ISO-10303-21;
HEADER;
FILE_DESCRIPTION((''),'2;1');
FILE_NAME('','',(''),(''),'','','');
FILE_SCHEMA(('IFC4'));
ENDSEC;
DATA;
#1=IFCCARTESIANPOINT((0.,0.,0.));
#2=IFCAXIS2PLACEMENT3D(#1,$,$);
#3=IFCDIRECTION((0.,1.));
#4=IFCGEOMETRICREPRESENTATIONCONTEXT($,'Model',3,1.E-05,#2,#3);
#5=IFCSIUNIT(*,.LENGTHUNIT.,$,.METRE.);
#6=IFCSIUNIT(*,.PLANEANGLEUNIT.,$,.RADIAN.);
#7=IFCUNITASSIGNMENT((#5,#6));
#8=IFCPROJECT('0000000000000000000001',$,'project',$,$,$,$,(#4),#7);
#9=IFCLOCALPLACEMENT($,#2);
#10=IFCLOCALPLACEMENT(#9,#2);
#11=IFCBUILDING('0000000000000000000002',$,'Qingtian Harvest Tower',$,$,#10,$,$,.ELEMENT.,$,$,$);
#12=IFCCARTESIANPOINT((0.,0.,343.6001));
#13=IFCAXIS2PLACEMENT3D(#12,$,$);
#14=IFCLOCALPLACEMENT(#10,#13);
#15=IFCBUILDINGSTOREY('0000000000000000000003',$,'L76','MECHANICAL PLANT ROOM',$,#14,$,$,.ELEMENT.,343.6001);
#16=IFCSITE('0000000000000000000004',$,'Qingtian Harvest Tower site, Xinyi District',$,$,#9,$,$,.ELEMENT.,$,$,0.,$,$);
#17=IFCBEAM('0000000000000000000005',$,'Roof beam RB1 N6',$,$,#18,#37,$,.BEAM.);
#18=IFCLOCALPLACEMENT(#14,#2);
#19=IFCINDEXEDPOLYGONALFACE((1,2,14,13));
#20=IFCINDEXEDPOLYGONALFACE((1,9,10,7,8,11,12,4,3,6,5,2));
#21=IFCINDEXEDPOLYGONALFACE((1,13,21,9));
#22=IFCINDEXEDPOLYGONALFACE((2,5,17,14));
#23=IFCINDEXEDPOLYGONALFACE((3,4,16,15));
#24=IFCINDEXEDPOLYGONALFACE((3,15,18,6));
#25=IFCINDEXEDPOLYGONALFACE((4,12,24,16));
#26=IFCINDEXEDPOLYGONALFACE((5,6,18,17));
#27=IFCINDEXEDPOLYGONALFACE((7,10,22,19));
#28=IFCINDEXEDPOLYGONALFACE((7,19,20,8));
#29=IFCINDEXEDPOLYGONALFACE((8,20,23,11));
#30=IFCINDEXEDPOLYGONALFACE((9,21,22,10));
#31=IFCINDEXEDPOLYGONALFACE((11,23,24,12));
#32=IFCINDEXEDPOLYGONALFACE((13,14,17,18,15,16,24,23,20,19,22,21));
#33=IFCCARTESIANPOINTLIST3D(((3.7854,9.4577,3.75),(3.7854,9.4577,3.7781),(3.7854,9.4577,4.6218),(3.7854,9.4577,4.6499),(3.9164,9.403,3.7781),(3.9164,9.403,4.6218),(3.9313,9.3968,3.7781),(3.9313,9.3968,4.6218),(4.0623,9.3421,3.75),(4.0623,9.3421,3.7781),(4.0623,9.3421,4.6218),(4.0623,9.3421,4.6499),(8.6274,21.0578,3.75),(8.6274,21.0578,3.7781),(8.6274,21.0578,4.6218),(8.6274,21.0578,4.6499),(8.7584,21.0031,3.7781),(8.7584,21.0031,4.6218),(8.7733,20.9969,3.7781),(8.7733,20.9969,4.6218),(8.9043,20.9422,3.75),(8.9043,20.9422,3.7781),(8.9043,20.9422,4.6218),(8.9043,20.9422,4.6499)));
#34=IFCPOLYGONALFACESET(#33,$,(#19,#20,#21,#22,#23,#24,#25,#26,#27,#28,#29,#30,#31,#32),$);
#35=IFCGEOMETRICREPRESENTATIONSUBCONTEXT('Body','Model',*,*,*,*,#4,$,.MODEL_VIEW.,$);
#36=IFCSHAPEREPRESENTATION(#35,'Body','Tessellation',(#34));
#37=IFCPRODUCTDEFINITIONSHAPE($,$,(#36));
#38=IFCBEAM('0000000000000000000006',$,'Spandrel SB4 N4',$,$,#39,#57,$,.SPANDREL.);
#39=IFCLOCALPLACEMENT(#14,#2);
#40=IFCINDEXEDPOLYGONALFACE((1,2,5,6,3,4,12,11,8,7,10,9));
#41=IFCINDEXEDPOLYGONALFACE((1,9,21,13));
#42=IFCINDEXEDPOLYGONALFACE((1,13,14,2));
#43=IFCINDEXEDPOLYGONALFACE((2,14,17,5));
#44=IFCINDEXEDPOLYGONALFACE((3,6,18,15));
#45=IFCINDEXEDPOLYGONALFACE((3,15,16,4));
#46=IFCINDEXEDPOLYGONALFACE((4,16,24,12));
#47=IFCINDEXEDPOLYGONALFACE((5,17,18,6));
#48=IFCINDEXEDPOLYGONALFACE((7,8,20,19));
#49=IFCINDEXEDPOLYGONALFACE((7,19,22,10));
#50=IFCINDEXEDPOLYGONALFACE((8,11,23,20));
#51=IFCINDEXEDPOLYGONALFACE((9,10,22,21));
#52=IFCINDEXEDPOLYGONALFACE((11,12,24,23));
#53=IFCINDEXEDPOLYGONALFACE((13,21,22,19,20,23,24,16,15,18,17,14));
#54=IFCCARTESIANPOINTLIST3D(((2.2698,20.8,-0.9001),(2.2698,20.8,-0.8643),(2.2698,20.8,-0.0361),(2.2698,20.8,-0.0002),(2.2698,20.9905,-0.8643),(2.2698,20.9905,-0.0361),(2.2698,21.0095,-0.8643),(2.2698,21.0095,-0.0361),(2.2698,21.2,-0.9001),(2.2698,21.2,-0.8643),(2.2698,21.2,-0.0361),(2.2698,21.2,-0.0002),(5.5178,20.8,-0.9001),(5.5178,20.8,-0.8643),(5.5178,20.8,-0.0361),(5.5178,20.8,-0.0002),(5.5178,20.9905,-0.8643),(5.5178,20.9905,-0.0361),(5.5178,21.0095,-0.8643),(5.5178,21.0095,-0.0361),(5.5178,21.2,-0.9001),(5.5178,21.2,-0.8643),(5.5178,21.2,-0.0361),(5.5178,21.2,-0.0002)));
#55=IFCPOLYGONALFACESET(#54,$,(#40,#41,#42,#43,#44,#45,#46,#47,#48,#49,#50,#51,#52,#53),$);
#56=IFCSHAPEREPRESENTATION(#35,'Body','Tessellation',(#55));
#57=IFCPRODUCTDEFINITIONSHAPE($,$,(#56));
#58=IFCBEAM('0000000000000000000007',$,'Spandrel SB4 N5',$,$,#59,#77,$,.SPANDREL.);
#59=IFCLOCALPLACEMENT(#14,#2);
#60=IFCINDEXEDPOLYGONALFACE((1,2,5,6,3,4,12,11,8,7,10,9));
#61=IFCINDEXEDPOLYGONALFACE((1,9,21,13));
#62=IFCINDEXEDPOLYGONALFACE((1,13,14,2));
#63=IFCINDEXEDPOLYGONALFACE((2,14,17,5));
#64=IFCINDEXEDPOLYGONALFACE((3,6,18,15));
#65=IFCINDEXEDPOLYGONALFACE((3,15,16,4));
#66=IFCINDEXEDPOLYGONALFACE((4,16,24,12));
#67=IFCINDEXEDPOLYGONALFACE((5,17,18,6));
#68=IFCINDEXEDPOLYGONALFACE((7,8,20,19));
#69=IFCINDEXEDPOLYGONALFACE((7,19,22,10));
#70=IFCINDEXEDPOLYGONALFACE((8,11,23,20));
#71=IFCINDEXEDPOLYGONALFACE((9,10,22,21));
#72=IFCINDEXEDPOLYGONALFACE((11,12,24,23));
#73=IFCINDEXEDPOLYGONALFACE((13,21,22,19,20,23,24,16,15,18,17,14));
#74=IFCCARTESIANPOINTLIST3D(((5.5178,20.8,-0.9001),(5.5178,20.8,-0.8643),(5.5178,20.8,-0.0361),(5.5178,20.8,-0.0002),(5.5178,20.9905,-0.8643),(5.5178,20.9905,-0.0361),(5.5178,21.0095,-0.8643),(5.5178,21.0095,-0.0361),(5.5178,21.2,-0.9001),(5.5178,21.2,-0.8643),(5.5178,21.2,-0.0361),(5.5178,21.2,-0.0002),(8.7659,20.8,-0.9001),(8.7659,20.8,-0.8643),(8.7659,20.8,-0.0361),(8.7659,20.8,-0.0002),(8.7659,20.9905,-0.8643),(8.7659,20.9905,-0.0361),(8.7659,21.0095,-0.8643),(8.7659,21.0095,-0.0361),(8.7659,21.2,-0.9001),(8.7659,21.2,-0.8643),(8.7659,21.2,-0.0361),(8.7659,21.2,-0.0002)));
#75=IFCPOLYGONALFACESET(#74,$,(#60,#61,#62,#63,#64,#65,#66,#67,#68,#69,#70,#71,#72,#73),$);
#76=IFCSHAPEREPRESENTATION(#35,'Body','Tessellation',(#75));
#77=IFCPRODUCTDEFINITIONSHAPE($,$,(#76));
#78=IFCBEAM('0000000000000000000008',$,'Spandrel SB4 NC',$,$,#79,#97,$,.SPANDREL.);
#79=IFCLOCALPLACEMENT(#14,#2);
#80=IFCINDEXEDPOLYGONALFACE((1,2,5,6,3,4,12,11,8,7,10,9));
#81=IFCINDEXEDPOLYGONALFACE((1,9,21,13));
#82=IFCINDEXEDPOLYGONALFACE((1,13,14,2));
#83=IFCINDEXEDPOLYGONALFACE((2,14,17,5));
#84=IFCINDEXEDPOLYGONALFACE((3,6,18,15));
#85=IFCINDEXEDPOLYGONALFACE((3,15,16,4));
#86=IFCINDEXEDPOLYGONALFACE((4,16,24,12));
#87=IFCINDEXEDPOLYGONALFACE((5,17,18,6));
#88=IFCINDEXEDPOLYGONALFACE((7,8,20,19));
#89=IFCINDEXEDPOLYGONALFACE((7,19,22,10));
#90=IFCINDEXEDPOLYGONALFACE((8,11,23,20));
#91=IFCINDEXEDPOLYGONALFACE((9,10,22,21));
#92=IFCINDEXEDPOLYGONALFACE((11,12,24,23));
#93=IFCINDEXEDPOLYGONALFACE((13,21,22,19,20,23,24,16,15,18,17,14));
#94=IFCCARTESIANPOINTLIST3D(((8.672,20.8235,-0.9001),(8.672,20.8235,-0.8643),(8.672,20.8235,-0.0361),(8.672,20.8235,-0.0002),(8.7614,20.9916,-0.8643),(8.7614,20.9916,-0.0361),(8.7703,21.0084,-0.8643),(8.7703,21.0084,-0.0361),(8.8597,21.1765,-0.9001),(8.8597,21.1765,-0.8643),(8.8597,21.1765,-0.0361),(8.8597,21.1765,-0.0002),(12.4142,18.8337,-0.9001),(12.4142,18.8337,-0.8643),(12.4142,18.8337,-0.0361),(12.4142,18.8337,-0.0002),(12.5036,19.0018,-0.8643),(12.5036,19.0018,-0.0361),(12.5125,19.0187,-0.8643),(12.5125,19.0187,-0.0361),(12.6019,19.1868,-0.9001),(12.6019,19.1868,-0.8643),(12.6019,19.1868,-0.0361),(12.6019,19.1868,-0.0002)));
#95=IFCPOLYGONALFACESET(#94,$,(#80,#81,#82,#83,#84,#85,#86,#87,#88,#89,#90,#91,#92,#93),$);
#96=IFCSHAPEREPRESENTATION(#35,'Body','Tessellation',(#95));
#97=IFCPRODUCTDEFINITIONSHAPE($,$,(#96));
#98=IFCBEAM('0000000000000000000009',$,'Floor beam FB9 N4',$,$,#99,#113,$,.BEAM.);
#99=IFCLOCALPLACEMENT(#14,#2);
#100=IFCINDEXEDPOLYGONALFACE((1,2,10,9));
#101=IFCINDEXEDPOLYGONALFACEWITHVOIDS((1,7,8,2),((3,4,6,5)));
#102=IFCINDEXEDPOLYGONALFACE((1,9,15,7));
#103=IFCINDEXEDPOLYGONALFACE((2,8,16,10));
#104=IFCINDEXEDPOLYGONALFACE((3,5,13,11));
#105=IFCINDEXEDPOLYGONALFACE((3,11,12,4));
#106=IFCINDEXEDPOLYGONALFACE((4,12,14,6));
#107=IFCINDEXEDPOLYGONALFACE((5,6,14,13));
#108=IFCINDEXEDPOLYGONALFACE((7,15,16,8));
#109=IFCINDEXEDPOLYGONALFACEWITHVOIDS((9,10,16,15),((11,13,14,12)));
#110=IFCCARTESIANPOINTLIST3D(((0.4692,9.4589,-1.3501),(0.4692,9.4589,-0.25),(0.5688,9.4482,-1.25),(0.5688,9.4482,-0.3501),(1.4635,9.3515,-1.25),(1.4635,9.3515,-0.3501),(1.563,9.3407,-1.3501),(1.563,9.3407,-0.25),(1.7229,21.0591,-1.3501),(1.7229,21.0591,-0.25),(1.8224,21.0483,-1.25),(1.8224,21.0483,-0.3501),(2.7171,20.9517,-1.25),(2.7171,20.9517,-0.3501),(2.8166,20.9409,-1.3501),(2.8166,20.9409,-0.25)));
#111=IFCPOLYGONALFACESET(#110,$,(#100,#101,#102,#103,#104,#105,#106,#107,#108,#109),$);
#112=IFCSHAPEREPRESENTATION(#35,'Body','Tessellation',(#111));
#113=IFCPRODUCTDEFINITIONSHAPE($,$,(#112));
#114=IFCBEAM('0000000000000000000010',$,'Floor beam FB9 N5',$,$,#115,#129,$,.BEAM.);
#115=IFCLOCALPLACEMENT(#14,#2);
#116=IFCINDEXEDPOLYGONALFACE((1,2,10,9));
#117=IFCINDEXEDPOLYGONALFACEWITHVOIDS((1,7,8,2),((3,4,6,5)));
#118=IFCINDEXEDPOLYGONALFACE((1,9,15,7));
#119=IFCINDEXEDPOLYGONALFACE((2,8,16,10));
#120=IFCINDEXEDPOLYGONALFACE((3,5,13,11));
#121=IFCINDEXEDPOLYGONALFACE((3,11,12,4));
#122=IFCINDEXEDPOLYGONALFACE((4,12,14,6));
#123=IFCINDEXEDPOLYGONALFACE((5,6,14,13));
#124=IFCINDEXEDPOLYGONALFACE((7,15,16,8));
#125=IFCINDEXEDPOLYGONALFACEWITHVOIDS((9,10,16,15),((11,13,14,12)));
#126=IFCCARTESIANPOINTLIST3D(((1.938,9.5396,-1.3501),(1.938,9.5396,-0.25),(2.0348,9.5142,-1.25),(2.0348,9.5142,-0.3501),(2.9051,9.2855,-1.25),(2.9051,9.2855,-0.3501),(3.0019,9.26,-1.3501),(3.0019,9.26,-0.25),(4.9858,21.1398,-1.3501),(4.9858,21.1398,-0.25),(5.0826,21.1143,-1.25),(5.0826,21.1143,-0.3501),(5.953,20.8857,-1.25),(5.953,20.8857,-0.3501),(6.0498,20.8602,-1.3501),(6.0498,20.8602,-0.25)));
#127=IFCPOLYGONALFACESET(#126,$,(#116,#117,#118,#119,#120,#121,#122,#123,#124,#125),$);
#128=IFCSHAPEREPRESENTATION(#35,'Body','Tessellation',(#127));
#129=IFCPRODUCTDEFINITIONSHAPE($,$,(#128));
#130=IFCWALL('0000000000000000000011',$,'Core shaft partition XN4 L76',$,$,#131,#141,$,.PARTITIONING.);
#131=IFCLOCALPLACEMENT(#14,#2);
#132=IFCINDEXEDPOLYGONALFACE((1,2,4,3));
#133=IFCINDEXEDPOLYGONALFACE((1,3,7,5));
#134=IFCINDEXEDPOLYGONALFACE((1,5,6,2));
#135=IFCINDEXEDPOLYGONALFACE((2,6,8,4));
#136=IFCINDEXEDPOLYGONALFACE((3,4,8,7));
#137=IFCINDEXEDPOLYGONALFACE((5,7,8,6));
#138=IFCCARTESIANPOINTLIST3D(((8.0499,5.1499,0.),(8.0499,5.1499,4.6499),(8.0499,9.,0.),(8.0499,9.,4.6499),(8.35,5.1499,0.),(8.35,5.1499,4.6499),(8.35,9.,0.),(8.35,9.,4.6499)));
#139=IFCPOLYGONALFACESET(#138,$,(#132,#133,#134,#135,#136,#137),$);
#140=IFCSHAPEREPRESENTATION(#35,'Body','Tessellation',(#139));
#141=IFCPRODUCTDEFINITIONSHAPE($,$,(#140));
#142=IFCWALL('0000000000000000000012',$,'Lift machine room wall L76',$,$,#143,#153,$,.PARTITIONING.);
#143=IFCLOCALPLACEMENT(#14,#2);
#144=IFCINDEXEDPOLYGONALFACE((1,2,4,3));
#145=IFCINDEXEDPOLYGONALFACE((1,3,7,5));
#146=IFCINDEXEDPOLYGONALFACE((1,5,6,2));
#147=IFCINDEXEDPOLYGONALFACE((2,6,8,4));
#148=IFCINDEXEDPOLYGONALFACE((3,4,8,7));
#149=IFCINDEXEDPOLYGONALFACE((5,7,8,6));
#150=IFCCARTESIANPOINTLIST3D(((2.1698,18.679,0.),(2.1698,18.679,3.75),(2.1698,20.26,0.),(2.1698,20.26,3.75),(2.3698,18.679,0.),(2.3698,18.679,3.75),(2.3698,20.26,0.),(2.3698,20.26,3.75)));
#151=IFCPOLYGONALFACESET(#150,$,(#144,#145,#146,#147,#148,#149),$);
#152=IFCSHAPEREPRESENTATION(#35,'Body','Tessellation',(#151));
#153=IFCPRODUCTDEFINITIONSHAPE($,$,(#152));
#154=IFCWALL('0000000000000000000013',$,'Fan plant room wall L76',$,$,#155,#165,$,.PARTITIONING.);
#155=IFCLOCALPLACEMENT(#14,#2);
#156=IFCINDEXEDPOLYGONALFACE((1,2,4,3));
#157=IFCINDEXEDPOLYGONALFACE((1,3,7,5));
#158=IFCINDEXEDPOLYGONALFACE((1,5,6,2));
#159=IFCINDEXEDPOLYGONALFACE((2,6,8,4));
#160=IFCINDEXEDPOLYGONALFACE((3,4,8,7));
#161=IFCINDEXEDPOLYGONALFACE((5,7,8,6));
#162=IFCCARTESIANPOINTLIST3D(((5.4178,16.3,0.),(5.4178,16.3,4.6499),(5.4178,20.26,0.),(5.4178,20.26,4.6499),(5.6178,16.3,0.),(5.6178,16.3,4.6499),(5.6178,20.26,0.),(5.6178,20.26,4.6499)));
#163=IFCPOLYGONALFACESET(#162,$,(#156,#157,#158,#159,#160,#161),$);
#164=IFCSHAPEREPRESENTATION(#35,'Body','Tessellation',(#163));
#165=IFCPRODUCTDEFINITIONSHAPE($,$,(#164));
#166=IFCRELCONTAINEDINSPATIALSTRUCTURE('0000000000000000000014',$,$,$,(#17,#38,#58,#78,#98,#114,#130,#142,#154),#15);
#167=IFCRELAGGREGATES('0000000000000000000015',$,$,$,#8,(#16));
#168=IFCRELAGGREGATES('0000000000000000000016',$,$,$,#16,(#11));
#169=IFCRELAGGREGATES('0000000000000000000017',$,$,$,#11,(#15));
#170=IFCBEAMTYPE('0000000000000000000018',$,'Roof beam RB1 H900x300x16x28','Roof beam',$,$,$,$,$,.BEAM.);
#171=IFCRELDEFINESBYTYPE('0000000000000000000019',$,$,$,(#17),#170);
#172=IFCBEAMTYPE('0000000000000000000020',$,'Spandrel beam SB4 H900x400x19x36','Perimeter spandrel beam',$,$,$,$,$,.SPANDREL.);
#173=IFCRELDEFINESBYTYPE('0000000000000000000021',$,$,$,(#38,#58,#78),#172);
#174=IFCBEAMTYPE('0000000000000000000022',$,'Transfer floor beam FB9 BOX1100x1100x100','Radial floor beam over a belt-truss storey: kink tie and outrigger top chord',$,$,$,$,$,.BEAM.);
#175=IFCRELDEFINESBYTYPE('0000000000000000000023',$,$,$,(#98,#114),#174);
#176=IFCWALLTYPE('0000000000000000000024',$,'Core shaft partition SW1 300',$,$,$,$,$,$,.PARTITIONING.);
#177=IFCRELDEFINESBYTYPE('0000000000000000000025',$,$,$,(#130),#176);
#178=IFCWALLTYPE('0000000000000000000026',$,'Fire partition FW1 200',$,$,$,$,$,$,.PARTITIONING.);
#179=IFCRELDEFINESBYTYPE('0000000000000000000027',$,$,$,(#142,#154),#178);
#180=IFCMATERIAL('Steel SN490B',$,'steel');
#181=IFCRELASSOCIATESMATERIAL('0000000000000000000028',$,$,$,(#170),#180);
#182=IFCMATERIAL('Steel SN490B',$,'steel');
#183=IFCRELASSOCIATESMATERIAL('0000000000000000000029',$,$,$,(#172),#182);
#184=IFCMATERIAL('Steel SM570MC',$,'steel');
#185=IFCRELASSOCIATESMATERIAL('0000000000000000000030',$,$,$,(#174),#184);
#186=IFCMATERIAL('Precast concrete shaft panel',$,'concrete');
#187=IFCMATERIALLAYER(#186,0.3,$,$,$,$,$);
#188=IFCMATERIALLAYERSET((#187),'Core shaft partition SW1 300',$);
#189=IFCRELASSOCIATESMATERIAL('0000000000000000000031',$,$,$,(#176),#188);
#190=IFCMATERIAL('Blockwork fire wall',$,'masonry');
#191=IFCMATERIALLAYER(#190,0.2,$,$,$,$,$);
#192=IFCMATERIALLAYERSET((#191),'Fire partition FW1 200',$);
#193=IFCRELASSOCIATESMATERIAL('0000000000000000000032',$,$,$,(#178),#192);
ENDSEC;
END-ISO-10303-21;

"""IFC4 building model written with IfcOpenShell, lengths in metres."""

from ifc_helpers import new_model, si_unit, direction, frame, frame_2d, origin, origin_2d, place, context, subcontext, project, spatial, rectangle, hollow_rectangle, i_section, extrude, material, layer, layer_set, material_profile, profile_set, type_object, element, save


model = new_model("IFC4")

# Units and contexts
model_context = context("Model", 3, precision=1e-05, world=origin(), true_north=direction((0.0, 1.0)))
body_context = subcontext(model_context, "Body", "Model", "MODEL_VIEW")
ifc_project = project(units=[si_unit("LENGTHUNIT", "METRE"), si_unit("PLANEANGLEUNIT", "RADIAN")], contexts=[model_context])

# Site, building, storey
site_placement = place(None, origin())
site = spatial("IfcSite", under=ifc_project, at=site_placement, Name="Qingtian Harvest Tower site, Xinyi District", CompositionType="ELEMENT", RefElevation=0.0)
building_placement = place(site_placement, origin())
building = spatial("IfcBuilding", under=site, at=building_placement, Name="Qingtian Harvest Tower", CompositionType="ELEMENT")
storey_placement = place(building_placement, frame((0.0, 0.0, 343.6001)))
storey = spatial("IfcBuildingStorey", under=building, at=storey_placement, Name="L76", Description="MECHANICAL PLANT ROOM", CompositionType="ELEMENT", Elevation=343.6001)

# Beams
ifc_material_1 = material(Name="Steel SN490B", Category="steel")
ifc_material_profile_1 = material_profile(ifc_material_1, i_section(OverallWidth=0.3, OverallDepth=0.8999, WebThickness=0.0161, FlangeThickness=0.0281, at=origin_2d()), Name="H900x300x16x28")
ifc_profile_set_1 = profile_set([ifc_material_profile_1], Name="Steel SN490B")
beam_type_1 = type_object("IfcBeamType", Name="Roof beam RB1 H900x300x16x28", Description="Roof beam", PredefinedType="BEAM", material=ifc_profile_set_1)
beam_1_placement = place(storey_placement, frame((8.7659, 21.0, 4.2), z_axis=(-0.385203, -0.922832, 0.0), x_axis=(0.922832, -0.385203, 0.0)))
element("IfcBeam", 1, at=beam_1_placement, inside=storey, type_object=beam_type_1, Name="Roof beam RB1 N6", PredefinedType="BEAM", context=body_context, shape_type="SweptSolid", body=[
    extrude(i_section(OverallWidth=0.3, OverallDepth=0.8999, WebThickness=0.0161, FlangeThickness=0.0281, at=origin_2d()), origin(), (0.0, 0.0, 1.0), 12.5701),
])
ifc_material_2 = material(Name="Steel SN490B", Category="steel")
ifc_material_profile_2 = material_profile(ifc_material_2, i_section(OverallWidth=0.3999, OverallDepth=0.8999, WebThickness=0.019, FlangeThickness=0.0359, at=origin_2d()), Name="H900x400x19x36")
ifc_profile_set_2 = profile_set([ifc_material_profile_2], Name="Steel SN490B")
beam_type_2 = type_object("IfcBeamType", Name="Spandrel beam SB4 H900x400x19x36", Description="Perimeter spandrel beam", PredefinedType="SPANDREL", material=ifc_profile_set_2)
for number, where, z_axis, x_axis, name in (
    (2, (2.2698, 21.0, -0.4502), (1.0, 0.0, 0.0), (0.0, 1.0, 0.0), "Spandrel SB4 N4"),
    (3, (5.5178, 21.0, -0.4502), (1.0, 0.0, 0.0), (0.0, 1.0, 0.0), "Spandrel SB4 N5"),
):
    element("IfcBeam", number, at=place(storey_placement, frame(where, z_axis=z_axis, x_axis=x_axis)), inside=storey, type_object=beam_type_2, Name=name, PredefinedType="SPANDREL", context=body_context, shape_type="SweptSolid", body=[
        extrude(i_section(OverallWidth=0.3999, OverallDepth=0.8999, WebThickness=0.019, FlangeThickness=0.0359, at=origin_2d()), origin(), (0.0, 0.0, 1.0), 3.248),
    ])
beam_2_placement = place(storey_placement, frame((8.7659, 21.0, -0.4502), z_axis=(0.882949, -0.46947, 0.0), x_axis=(0.46947, 0.882949, 0.0)))
element("IfcBeam", 4, at=beam_2_placement, inside=storey, type_object=beam_type_2, Name="Spandrel SB4 NC", PredefinedType="SPANDREL", context=body_context, shape_type="SweptSolid", body=[
    extrude(i_section(OverallWidth=0.3999, OverallDepth=0.8999, WebThickness=0.019, FlangeThickness=0.0359, at=origin_2d()), origin(), (0.0, 0.0, 1.0), 4.2383),
])
ifc_material_3 = material(Name="Steel SM570MC", Category="steel")
ifc_material_profile_3 = material_profile(ifc_material_3, hollow_rectangle(XDim=1.1001, YDim=1.1001, WallThickness=0.1001, at=origin_2d()), Name="BOX1100x1100x100")
ifc_profile_set_3 = profile_set([ifc_material_profile_3], Name="Steel SM570MC")
beam_type_3 = type_object("IfcBeamType", Name="Transfer floor beam FB9 BOX1100x1100x100", Description="Radial floor beam over a belt-truss storey: kink tie and outrigger top chord", PredefinedType="BEAM", material=ifc_profile_set_3)
beam_3_placement = place(storey_placement, frame((2.2698, 21.0, -0.8), z_axis=(-0.107448, -0.994211, 0.0), x_axis=(0.994211, -0.107448, 0.0)))
element("IfcBeam", 5, at=beam_3_placement, inside=storey, type_object=beam_type_3, Name="Floor beam FB9 N4", PredefinedType="BEAM", context=body_context, shape_type="SweptSolid", body=[
    extrude(hollow_rectangle(XDim=1.1001, YDim=1.1001, WallThickness=0.1001, at=origin_2d()), origin(), (0.0, 0.0, 1.0), 11.6677),
])
beam_4_placement = place(storey_placement, frame((5.5178, 21.0, -0.8), z_axis=(-0.254119, -0.967173, 0.0), x_axis=(0.967173, -0.254119, 0.0)))
element("IfcBeam", 6, at=beam_4_placement, inside=storey, type_object=beam_type_3, Name="Floor beam FB9 N5", PredefinedType="BEAM", context=body_context, shape_type="SweptSolid", body=[
    extrude(hollow_rectangle(XDim=1.1001, YDim=1.1001, WallThickness=0.1001, at=origin_2d()), origin(), (0.0, 0.0, 1.0), 11.9939),
])

# Walls
ifc_material_4 = material(Name="Precast concrete shaft panel", Category="concrete")
ifc_layer_1 = layer(ifc_material_4, 0.3)
ifc_layer_set_1 = layer_set([ifc_layer_1], Name="Core shaft partition SW1 300")
wall_type_1 = type_object("IfcWallType", Name="Core shaft partition SW1 300", PredefinedType="PARTITIONING", material=ifc_layer_set_1)
wall_1_placement = place(storey_placement, frame((8.2, 5.1499, 0.0), z_axis=(0.0, 0.0, 1.0), x_axis=(0.0, 1.0, 0.0)))
element("IfcWall", 7, at=wall_1_placement, inside=storey, type_object=wall_type_1, Name="Core shaft partition XN4 L76", PredefinedType="PARTITIONING", context=body_context, shape_type="SweptSolid", body=[
    extrude(rectangle(XDim=3.8501, YDim=0.3, at=frame_2d((1.925, 0.0))), origin(), (0.0, 0.0, 1.0), 4.6499),
])
ifc_material_5 = material(Name="Blockwork fire wall", Category="masonry")
ifc_layer_2 = layer(ifc_material_5, 0.2)
ifc_layer_set_2 = layer_set([ifc_layer_2], Name="Fire partition FW1 200")
wall_type_2 = type_object("IfcWallType", Name="Fire partition FW1 200", PredefinedType="PARTITIONING", material=ifc_layer_set_2)
wall_2_placement = place(storey_placement, frame((2.2698, 20.26, 0.0), z_axis=(0.0, 0.0, 1.0), x_axis=(0.0, -1.0, 0.0)))
element("IfcWall", 8, at=wall_2_placement, inside=storey, type_object=wall_type_2, Name="Lift machine room wall L76", PredefinedType="PARTITIONING", context=body_context, shape_type="SweptSolid", body=[
    extrude(rectangle(XDim=1.5811, YDim=0.2, at=frame_2d((0.7905, 0.0))), origin(), (0.0, 0.0, 1.0), 3.75),
])
wall_3_placement = place(storey_placement, frame((5.5178, 20.26, 0.0), z_axis=(0.0, 0.0, 1.0), x_axis=(0.0, -1.0, 0.0)))
element("IfcWall", 9, at=wall_3_placement, inside=storey, type_object=wall_type_2, Name="Fan plant room wall L76", PredefinedType="PARTITIONING", context=body_context, shape_type="SweptSolid", body=[
    extrude(rectangle(XDim=3.96, YDim=0.2, at=frame_2d((1.98, 0.0))), origin(), (0.0, 0.0, 1.0), 4.6499),
])

save(model, "model.ifc")
